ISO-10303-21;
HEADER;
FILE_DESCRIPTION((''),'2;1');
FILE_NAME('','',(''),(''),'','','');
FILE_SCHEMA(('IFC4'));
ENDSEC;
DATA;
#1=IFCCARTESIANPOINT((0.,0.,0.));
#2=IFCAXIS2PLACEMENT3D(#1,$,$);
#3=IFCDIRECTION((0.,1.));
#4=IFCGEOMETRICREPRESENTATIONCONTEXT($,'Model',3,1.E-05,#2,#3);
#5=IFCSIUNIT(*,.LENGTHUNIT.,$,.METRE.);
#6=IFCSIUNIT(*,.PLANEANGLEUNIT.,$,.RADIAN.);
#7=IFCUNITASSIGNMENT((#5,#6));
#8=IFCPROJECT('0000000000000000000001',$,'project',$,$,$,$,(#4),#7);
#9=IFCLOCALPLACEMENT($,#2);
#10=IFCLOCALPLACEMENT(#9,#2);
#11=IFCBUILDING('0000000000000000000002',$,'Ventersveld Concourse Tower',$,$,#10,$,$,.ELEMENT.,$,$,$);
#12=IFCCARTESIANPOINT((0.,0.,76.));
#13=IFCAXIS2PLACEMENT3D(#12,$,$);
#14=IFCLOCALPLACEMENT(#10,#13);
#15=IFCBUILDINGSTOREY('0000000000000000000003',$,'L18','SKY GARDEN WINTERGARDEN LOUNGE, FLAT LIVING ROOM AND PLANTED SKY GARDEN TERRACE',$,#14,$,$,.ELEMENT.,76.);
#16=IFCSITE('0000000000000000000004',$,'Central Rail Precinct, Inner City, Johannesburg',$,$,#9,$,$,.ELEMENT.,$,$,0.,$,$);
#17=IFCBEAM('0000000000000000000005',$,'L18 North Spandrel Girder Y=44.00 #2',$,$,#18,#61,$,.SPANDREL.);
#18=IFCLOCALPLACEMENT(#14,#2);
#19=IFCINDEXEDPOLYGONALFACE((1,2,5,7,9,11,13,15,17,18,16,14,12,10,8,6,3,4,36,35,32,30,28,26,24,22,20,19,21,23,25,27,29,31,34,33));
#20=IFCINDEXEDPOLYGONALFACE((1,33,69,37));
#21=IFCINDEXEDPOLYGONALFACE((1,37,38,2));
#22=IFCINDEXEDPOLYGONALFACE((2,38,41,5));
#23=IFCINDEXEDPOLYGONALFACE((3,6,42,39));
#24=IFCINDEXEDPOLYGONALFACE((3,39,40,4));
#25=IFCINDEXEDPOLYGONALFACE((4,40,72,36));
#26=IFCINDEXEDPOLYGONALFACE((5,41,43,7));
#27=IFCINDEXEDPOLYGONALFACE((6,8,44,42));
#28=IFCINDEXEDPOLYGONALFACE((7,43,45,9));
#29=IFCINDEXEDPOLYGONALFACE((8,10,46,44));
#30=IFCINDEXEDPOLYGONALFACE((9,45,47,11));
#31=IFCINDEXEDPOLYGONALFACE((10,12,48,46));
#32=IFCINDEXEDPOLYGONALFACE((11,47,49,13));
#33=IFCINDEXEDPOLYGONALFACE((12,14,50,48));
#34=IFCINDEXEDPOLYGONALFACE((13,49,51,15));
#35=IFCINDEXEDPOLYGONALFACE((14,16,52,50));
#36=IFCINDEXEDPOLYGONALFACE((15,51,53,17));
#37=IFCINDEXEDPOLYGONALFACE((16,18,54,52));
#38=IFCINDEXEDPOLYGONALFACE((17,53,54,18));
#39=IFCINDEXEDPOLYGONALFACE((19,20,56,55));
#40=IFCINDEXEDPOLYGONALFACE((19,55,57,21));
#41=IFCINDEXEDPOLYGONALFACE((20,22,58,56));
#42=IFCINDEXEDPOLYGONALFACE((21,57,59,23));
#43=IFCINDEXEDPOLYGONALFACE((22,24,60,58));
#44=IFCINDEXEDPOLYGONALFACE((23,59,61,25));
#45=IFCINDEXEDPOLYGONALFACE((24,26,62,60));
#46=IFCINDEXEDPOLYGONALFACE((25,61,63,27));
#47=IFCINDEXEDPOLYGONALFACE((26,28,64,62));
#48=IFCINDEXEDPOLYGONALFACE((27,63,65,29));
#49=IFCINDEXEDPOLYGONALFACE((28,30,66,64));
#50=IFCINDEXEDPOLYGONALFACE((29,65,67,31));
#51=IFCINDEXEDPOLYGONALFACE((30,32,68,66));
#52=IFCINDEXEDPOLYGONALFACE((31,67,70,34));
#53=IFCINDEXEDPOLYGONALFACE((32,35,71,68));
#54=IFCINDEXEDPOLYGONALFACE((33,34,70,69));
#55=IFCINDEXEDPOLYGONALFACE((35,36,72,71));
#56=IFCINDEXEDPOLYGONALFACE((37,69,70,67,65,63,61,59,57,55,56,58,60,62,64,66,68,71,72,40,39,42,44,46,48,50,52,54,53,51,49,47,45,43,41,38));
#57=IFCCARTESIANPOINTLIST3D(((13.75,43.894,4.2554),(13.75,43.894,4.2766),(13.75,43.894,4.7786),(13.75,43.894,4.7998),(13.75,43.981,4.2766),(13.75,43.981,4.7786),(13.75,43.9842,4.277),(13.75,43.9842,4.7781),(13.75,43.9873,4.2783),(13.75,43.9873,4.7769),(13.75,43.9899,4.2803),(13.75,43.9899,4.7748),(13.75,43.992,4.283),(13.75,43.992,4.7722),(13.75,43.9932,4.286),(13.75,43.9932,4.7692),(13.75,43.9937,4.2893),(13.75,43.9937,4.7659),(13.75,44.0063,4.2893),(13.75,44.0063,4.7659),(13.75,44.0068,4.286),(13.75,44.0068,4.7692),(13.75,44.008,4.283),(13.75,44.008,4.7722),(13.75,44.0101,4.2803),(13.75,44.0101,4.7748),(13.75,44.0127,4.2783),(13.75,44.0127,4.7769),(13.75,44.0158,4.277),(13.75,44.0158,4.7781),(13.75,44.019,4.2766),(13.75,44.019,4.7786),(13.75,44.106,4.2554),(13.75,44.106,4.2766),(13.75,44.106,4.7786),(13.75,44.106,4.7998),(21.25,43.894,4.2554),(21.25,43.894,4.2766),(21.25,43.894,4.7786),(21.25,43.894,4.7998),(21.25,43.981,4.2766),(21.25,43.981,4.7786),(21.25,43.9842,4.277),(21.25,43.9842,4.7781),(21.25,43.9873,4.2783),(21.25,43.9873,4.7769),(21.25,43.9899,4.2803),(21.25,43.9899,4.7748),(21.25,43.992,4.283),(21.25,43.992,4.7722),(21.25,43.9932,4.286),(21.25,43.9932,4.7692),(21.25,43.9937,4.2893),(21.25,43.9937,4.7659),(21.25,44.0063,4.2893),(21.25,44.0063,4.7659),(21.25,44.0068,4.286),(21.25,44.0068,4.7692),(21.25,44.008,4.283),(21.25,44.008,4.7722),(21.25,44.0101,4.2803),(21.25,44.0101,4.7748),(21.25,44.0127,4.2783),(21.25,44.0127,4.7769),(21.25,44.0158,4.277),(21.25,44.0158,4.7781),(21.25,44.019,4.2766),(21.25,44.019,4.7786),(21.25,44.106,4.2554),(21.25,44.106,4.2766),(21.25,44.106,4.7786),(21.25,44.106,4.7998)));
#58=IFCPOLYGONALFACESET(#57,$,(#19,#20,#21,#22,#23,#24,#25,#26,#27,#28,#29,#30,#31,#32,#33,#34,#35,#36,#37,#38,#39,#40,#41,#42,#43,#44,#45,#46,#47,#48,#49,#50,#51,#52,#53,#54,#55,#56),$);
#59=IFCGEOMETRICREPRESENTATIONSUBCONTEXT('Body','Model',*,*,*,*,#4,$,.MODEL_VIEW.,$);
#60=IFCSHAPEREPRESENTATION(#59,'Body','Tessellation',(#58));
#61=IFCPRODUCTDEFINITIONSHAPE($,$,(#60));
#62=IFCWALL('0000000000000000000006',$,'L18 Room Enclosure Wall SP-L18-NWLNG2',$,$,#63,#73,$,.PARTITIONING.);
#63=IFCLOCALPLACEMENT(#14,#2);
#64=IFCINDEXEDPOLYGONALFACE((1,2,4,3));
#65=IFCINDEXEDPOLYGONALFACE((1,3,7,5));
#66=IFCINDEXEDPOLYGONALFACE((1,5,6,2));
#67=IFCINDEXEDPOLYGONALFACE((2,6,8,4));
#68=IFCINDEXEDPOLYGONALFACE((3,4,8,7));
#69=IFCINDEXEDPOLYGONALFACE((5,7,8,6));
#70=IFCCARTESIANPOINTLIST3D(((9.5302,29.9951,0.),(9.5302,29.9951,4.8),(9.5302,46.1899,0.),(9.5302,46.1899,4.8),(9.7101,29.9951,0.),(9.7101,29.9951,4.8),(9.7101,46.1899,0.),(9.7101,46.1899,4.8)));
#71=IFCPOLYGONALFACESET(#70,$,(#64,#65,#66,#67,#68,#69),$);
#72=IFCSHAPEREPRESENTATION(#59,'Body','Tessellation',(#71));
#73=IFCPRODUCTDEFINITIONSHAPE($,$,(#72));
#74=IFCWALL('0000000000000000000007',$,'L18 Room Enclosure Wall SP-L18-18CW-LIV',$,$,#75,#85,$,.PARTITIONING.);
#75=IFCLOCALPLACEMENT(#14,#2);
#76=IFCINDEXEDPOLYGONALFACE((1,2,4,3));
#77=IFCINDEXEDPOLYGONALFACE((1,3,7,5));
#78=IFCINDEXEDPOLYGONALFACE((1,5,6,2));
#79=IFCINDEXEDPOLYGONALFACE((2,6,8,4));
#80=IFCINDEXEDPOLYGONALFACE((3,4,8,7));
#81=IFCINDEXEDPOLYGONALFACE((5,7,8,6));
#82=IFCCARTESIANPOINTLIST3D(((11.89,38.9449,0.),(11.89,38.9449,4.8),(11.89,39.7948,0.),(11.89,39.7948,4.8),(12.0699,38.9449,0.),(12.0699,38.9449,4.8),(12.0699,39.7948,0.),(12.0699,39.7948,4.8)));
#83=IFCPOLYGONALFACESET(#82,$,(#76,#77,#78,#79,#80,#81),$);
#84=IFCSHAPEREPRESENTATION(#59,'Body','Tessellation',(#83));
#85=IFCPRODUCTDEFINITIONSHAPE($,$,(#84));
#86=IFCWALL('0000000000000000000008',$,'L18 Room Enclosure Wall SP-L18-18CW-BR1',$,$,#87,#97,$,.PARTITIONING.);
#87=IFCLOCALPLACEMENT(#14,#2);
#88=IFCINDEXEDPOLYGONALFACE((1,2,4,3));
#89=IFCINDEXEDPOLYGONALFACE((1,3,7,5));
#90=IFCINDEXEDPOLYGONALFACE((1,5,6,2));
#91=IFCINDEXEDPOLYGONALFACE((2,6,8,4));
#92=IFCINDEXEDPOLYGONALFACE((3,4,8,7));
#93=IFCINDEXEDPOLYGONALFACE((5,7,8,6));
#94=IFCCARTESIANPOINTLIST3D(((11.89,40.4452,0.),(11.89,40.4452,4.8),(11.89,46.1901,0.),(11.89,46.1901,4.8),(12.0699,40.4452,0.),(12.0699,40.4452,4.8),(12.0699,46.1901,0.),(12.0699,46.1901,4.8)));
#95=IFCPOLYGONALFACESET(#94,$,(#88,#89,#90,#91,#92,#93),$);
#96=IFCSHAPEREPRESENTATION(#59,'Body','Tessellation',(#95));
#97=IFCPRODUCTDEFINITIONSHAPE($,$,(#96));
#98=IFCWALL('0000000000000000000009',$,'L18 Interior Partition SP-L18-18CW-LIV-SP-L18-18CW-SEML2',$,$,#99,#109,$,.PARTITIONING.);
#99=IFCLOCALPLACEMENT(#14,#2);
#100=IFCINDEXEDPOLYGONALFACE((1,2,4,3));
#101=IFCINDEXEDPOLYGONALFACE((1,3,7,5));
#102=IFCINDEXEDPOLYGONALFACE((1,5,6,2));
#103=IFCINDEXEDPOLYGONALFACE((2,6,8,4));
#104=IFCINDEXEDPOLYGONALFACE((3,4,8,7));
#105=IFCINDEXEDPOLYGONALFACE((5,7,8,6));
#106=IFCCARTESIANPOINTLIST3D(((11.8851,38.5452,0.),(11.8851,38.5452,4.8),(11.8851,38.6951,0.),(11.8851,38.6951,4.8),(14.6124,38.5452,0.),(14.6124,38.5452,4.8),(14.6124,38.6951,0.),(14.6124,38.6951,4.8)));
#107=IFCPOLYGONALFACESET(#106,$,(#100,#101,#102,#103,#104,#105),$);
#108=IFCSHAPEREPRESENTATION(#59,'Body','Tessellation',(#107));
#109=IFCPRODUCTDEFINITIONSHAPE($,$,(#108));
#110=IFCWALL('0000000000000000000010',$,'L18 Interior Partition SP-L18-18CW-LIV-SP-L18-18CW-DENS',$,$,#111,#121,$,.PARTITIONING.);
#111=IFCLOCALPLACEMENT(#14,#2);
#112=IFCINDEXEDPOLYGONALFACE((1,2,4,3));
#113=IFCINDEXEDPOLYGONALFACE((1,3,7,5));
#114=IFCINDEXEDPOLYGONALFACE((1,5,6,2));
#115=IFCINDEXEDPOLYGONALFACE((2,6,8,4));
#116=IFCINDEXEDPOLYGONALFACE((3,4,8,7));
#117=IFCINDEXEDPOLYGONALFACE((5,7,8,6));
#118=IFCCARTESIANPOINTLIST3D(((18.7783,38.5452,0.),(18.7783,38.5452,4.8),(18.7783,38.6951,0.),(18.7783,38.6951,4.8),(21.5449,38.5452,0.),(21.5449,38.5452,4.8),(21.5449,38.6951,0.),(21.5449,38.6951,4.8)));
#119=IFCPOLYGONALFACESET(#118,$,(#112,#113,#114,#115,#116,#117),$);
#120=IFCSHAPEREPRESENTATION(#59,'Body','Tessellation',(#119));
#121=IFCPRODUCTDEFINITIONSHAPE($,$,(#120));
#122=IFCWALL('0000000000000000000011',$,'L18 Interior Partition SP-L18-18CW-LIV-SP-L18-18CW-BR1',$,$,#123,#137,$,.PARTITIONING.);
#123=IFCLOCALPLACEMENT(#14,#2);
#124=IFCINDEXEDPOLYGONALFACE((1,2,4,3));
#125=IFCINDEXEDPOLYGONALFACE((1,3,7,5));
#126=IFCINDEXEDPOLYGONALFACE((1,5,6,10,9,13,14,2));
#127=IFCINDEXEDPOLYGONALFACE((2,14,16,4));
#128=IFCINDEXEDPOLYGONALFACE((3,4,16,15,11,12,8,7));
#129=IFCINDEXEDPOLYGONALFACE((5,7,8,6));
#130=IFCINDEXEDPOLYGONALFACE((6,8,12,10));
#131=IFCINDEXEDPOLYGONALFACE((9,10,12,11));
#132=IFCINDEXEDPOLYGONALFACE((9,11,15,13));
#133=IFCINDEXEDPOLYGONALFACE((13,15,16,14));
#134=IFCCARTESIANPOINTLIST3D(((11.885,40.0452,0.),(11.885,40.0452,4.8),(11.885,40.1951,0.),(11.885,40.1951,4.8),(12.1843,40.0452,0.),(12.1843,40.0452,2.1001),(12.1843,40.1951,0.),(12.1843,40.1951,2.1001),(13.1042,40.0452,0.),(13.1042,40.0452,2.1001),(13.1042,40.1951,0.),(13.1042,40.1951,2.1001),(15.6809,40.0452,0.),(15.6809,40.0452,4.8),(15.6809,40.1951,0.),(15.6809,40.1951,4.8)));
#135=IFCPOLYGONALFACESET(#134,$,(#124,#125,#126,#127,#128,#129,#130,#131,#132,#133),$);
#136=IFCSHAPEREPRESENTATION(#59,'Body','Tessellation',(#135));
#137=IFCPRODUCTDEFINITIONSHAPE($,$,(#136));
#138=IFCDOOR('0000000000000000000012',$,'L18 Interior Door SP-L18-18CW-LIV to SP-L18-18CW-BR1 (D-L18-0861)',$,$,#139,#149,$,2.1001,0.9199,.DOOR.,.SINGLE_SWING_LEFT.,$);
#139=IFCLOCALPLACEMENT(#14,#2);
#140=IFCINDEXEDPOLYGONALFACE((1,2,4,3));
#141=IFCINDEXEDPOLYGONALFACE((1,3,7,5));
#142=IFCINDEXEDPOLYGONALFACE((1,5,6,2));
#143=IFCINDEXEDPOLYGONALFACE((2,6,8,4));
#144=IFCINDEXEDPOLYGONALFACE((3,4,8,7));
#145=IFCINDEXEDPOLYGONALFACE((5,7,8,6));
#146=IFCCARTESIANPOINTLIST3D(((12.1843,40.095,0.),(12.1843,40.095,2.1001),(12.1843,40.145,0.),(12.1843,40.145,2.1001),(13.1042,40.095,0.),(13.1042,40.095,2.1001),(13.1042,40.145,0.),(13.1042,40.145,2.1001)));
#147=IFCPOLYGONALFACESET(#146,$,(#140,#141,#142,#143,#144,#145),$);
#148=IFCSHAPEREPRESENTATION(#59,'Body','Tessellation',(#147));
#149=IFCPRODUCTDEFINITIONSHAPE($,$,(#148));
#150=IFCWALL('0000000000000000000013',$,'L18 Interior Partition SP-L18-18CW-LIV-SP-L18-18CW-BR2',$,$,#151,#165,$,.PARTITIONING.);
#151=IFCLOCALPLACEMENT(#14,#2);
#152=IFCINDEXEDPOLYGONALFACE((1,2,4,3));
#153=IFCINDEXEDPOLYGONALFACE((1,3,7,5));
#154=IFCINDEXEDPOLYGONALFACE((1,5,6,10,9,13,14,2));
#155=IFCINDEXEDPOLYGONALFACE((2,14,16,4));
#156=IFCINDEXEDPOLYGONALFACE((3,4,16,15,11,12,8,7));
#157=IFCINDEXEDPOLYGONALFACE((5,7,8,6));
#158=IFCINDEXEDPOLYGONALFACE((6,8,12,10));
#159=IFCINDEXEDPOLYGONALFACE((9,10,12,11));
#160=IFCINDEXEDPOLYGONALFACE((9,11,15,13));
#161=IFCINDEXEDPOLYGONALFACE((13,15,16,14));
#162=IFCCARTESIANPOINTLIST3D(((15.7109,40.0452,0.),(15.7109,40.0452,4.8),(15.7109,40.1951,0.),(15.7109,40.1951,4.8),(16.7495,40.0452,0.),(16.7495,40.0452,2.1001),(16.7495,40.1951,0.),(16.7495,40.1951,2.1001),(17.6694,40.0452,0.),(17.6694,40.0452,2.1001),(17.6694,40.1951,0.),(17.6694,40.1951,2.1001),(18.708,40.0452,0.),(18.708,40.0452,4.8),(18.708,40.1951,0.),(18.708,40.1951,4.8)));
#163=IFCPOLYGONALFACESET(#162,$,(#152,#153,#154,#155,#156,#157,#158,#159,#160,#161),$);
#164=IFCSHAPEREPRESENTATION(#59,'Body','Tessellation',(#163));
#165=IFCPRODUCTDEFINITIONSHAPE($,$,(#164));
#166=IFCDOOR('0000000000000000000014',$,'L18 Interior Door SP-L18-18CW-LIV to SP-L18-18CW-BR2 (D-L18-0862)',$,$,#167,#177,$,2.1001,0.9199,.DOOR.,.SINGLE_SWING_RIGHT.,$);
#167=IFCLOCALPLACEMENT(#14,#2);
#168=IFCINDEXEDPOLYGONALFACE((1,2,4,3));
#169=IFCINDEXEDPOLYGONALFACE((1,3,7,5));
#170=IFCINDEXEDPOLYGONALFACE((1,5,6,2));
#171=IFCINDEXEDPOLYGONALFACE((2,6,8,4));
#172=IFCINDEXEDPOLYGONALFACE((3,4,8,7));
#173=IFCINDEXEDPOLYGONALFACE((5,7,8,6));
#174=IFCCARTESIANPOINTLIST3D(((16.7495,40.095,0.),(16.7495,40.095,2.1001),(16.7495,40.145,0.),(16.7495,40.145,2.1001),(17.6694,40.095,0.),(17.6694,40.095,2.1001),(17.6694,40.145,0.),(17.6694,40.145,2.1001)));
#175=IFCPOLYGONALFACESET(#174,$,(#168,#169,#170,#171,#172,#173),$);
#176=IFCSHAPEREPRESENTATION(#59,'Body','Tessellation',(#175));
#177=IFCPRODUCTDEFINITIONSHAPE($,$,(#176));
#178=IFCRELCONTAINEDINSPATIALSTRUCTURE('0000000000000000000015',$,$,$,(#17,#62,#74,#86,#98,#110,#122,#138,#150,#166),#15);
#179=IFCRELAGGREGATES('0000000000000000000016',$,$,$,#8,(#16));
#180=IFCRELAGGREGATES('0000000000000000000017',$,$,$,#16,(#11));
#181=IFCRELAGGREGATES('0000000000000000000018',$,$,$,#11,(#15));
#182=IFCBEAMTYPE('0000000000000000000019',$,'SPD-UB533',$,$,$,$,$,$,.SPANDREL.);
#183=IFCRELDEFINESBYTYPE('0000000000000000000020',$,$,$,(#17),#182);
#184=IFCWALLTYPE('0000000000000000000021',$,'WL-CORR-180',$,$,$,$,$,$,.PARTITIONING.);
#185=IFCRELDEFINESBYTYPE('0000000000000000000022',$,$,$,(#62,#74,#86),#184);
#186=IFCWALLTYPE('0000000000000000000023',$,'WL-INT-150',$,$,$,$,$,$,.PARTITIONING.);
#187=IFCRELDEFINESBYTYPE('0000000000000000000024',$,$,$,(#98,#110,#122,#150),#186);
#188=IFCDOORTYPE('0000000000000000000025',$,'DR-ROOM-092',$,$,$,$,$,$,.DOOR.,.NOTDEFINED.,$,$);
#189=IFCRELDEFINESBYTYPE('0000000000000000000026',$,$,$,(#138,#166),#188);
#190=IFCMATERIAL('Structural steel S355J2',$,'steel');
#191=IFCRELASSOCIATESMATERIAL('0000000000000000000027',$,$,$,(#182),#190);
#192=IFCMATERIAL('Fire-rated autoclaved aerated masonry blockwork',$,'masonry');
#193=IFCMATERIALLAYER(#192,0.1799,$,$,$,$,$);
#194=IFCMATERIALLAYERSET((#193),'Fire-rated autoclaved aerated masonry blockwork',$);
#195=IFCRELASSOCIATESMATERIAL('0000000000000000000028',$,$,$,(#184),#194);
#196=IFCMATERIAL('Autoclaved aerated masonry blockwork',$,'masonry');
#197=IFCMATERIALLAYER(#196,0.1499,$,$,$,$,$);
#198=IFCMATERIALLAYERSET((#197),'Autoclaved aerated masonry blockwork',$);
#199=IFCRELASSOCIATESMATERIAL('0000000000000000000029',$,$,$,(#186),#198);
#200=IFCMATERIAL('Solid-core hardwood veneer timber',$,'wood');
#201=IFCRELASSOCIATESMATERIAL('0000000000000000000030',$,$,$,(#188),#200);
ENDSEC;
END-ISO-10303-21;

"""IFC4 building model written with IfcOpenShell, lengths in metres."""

from ifc_helpers import new_model, si_unit, direction, frame, frame_2d, origin, origin_2d, place, context, subcontext, project, spatial, rectangle, i_section, extrude, material, layer, layer_set, material_profile, profile_set, type_object, element, fill, save


model = new_model("IFC4")

# Units and contexts
model_context = context("Model", 3, precision=1e-05, world=origin(), true_north=direction((0.0, 1.0)))
body_context = subcontext(model_context, "Body", "Model", "MODEL_VIEW")
ifc_project = project(units=[si_unit("LENGTHUNIT", "METRE"), si_unit("PLANEANGLEUNIT", "RADIAN")], contexts=[model_context])

# Site, building, storey
site_placement = place(None, origin())
site = spatial("IfcSite", under=ifc_project, at=site_placement, Name="Central Rail Precinct, Inner City, Johannesburg", CompositionType="ELEMENT", RefElevation=0.0)
building_placement = place(site_placement, origin())
building = spatial("IfcBuilding", under=site, at=building_placement, Name="Ventersveld Concourse Tower", CompositionType="ELEMENT")
storey_placement = place(building_placement, frame((0.0, 0.0, 76.0)))
storey = spatial("IfcBuildingStorey", under=building, at=storey_placement, Name="L18", Description="SKY GARDEN WINTERGARDEN LOUNGE, FLAT LIVING ROOM AND PLANTED SKY GARDEN TERRACE", CompositionType="ELEMENT", Elevation=76.0)

# Beam
ifc_material_1 = material(Name="Structural steel S355J2", Category="steel")
ifc_material_profile_1 = material_profile(ifc_material_1, i_section(OverallWidth=0.2119, OverallDepth=0.5444, WebThickness=0.0127, FlangeThickness=0.0212, FilletRadius=0.0127, at=origin_2d()), Name="UB 533x210x122")
ifc_profile_set_1 = profile_set([ifc_material_profile_1], Name="Structural steel S355J2")
beam_type_1 = type_object("IfcBeamType", Name="SPD-UB533", PredefinedType="SPANDREL", material=ifc_profile_set_1)
beam_1_placement = place(storey_placement, frame((13.75, 44.0, 4.5276), z_axis=(1.0, 0.0, 0.0), x_axis=(0.0, 1.0, 0.0)))
element("IfcBeam", 1, at=beam_1_placement, inside=storey, type_object=beam_type_1, Name="L18 North Spandrel Girder Y=44.00 #2", PredefinedType="SPANDREL", context=body_context, shape_type="SweptSolid", body=[
    extrude(i_section(OverallWidth=0.2119, OverallDepth=0.5444, WebThickness=0.0127, FlangeThickness=0.0212, FilletRadius=0.0127, at=origin_2d()), origin(), (0.0, 0.0, 1.0), 7.5),
])

# Walls
ifc_material_2 = material(Name="Fire-rated autoclaved aerated masonry blockwork", Category="masonry")
ifc_layer_1 = layer(ifc_material_2, 0.1799)
ifc_layer_set_1 = layer_set([ifc_layer_1], Name="Fire-rated autoclaved aerated masonry blockwork")
wall_type_1 = type_object("IfcWallType", Name="WL-CORR-180", PredefinedType="PARTITIONING", material=ifc_layer_set_1)
wall_1_placement = place(storey_placement, frame((9.6201, 46.1899, 0.0), z_axis=(0.0, 0.0, 1.0), x_axis=(0.0, -1.0, 0.0)))
element("IfcWall", 2, at=wall_1_placement, inside=storey, type_object=wall_type_1, Name="L18 Room Enclosure Wall SP-L18-NWLNG2", PredefinedType="PARTITIONING", context=body_context, shape_type="SweptSolid", body=[
    extrude(rectangle(XDim=16.1948, YDim=0.1799, at=frame_2d((8.0974, 0.0))), origin(), (0.0, 0.0, 1.0), 4.8),
])
wall_2_placement = place(storey_placement, frame((11.98, 38.9451, 0.0), z_axis=(0.0, 0.0, 1.0), x_axis=(0.0, 1.0, 0.0)))
element("IfcWall", 3, at=wall_2_placement, inside=storey, type_object=wall_type_1, Name="L18 Room Enclosure Wall SP-L18-18CW-LIV", PredefinedType="PARTITIONING", context=body_context, shape_type="SweptSolid", body=[
    extrude(rectangle(XDim=0.8499, YDim=0.1799, at=frame_2d((0.4248, 0.0))), origin(), (0.0, 0.0, 1.0), 4.8),
])
wall_3_placement = place(storey_placement, frame((11.98, 40.4451, 0.0), z_axis=(0.0, 0.0, 1.0), x_axis=(0.0, 1.0, 0.0)))
element("IfcWall", 4, at=wall_3_placement, inside=storey, type_object=wall_type_1, Name="L18 Room Enclosure Wall SP-L18-18CW-BR1", PredefinedType="PARTITIONING", context=body_context, shape_type="SweptSolid", body=[
    extrude(rectangle(XDim=5.7449, YDim=0.1799, at=frame_2d((2.8726, 0.0))), origin(), (0.0, 0.0, 1.0), 4.8),
])
ifc_material_3 = material(Name="Autoclaved aerated masonry blockwork", Category="masonry")
ifc_layer_2 = layer(ifc_material_3, 0.1499)
ifc_layer_set_2 = layer_set([ifc_layer_2], Name="Autoclaved aerated masonry blockwork")
wall_type_2 = type_object("IfcWallType", Name="WL-INT-150", PredefinedType="PARTITIONING", material=ifc_layer_set_2)
wall_4_placement = place(storey_placement, frame((11.885, 38.6201, 0.0), z_axis=(0.0, 0.0, 1.0), x_axis=(1.0, 0.0, 0.0)))
element("IfcWall", 5, at=wall_4_placement, inside=storey, type_object=wall_type_2, Name="L18 Interior Partition SP-L18-18CW-LIV-SP-L18-18CW-SEML2", PredefinedType="PARTITIONING", context=body_context, shape_type="SweptSolid", body=[
    extrude(rectangle(XDim=2.7273, YDim=0.1499, at=frame_2d((1.3638, 0.0))), origin(), (0.0, 0.0, 1.0), 4.8),
])
wall_5_placement = place(storey_placement, frame((18.7783, 38.6201, 0.0), z_axis=(0.0, 0.0, 1.0), x_axis=(1.0, 0.0, 0.0)))
element("IfcWall", 6, at=wall_5_placement, inside=storey, type_object=wall_type_2, Name="L18 Interior Partition SP-L18-18CW-LIV-SP-L18-18CW-DENS", PredefinedType="PARTITIONING", context=body_context, shape_type="SweptSolid", body=[
    extrude(rectangle(XDim=2.7666, YDim=0.1499, at=frame_2d((1.3833, 0.0))), origin(), (0.0, 0.0, 1.0), 4.8),
])

# Walls, openings, doors
wall_6_placement = place(storey_placement, frame((11.885, 40.1201, 0.0), z_axis=(0.0, 0.0, 1.0), x_axis=(1.0, 0.0, 0.0)))
wall_6 = element("IfcWall", 7, at=wall_6_placement, inside=storey, type_object=wall_type_2, Name="L18 Interior Partition SP-L18-18CW-LIV-SP-L18-18CW-BR1", PredefinedType="PARTITIONING", context=body_context, shape_type="SweptSolid", body=[
    extrude(rectangle(XDim=3.7959, YDim=0.1499, at=frame_2d((1.8979, 0.0))), origin(), (0.0, 0.0, 1.0), 4.8),
])
opening_1_placement = place(wall_6_placement, frame((0.2993, 0.0, 0.0)))
opening_1 = element("IfcOpeningElement", 8, at=opening_1_placement, cuts=wall_6, PredefinedType="OPENING", context=body_context, shape_type="SweptSolid", body=[
    extrude(rectangle(XDim=0.9199, YDim=2.1001, at=frame_2d((0.46, 1.05))), frame((0.0, 0.085, 0.0), z_axis=(0.0, -1.0, 0.0), x_axis=(1.0, 0.0, 0.0)), (0.0, 0.0, 1.0), 0.1699),
])
ifc_material_4 = material(Name="Solid-core hardwood veneer timber", Category="wood")
door_type = type_object("IfcDoorType", Name="DR-ROOM-092", OperationType="NOTDEFINED", PredefinedType="DOOR", material=ifc_material_4)
door_1_placement = place(opening_1_placement, origin())
door_1 = element("IfcDoor", 9, at=door_1_placement, inside=storey, type_object=door_type, Name="L18 Interior Door SP-L18-18CW-LIV to SP-L18-18CW-BR1 (D-L18-0861)", OperationType="SINGLE_SWING_LEFT", OverallHeight=2.1001, OverallWidth=0.9199, PredefinedType="DOOR", context=body_context, shape_type="SweptSolid", body=[
    extrude(rectangle(XDim=0.9199, YDim=2.1001, at=frame_2d((0.46, 1.05))), frame((0.0, 0.0249, 0.0), z_axis=(0.0, -1.0, 0.0), x_axis=(1.0, 0.0, 0.0)), (0.0, 0.0, 1.0), 0.05),
])
fill(opening_1, door_1)
wall_7_placement = place(storey_placement, frame((15.7109, 40.1201, 0.0), z_axis=(0.0, 0.0, 1.0), x_axis=(1.0, 0.0, 0.0)))
wall_7 = element("IfcWall", 10, at=wall_7_placement, inside=storey, type_object=wall_type_2, Name="L18 Interior Partition SP-L18-18CW-LIV-SP-L18-18CW-BR2", PredefinedType="PARTITIONING", context=body_context, shape_type="SweptSolid", body=[
    extrude(rectangle(XDim=2.9971, YDim=0.1499, at=frame_2d((1.4985, 0.0))), origin(), (0.0, 0.0, 1.0), 4.8),
])
opening_2_placement = place(wall_7_placement, frame((1.0386, 0.0, 0.0)))
opening_2 = element("IfcOpeningElement", 11, at=opening_2_placement, cuts=wall_7, PredefinedType="OPENING", context=body_context, shape_type="SweptSolid", body=[
    extrude(rectangle(XDim=0.9199, YDim=2.1001, at=frame_2d((0.46, 1.05))), frame((0.0, 0.085, 0.0), z_axis=(0.0, -1.0, 0.0), x_axis=(1.0, 0.0, 0.0)), (0.0, 0.0, 1.0), 0.1699),
])
door_2_placement = place(opening_2_placement, origin())
door_2 = element("IfcDoor", 12, at=door_2_placement, inside=storey, type_object=door_type, Name="L18 Interior Door SP-L18-18CW-LIV to SP-L18-18CW-BR2 (D-L18-0862)", OperationType="SINGLE_SWING_RIGHT", OverallHeight=2.1001, OverallWidth=0.9199, PredefinedType="DOOR", context=body_context, shape_type="SweptSolid", body=[
    extrude(rectangle(XDim=0.9199, YDim=2.1001, at=frame_2d((0.46, 1.05))), frame((0.0, 0.0249, 0.0), z_axis=(0.0, -1.0, 0.0), x_axis=(1.0, 0.0, 0.0)), (0.0, 0.0, 1.0), 0.05),
])
fill(opening_2, door_2)

save(model, "model.ifc")
